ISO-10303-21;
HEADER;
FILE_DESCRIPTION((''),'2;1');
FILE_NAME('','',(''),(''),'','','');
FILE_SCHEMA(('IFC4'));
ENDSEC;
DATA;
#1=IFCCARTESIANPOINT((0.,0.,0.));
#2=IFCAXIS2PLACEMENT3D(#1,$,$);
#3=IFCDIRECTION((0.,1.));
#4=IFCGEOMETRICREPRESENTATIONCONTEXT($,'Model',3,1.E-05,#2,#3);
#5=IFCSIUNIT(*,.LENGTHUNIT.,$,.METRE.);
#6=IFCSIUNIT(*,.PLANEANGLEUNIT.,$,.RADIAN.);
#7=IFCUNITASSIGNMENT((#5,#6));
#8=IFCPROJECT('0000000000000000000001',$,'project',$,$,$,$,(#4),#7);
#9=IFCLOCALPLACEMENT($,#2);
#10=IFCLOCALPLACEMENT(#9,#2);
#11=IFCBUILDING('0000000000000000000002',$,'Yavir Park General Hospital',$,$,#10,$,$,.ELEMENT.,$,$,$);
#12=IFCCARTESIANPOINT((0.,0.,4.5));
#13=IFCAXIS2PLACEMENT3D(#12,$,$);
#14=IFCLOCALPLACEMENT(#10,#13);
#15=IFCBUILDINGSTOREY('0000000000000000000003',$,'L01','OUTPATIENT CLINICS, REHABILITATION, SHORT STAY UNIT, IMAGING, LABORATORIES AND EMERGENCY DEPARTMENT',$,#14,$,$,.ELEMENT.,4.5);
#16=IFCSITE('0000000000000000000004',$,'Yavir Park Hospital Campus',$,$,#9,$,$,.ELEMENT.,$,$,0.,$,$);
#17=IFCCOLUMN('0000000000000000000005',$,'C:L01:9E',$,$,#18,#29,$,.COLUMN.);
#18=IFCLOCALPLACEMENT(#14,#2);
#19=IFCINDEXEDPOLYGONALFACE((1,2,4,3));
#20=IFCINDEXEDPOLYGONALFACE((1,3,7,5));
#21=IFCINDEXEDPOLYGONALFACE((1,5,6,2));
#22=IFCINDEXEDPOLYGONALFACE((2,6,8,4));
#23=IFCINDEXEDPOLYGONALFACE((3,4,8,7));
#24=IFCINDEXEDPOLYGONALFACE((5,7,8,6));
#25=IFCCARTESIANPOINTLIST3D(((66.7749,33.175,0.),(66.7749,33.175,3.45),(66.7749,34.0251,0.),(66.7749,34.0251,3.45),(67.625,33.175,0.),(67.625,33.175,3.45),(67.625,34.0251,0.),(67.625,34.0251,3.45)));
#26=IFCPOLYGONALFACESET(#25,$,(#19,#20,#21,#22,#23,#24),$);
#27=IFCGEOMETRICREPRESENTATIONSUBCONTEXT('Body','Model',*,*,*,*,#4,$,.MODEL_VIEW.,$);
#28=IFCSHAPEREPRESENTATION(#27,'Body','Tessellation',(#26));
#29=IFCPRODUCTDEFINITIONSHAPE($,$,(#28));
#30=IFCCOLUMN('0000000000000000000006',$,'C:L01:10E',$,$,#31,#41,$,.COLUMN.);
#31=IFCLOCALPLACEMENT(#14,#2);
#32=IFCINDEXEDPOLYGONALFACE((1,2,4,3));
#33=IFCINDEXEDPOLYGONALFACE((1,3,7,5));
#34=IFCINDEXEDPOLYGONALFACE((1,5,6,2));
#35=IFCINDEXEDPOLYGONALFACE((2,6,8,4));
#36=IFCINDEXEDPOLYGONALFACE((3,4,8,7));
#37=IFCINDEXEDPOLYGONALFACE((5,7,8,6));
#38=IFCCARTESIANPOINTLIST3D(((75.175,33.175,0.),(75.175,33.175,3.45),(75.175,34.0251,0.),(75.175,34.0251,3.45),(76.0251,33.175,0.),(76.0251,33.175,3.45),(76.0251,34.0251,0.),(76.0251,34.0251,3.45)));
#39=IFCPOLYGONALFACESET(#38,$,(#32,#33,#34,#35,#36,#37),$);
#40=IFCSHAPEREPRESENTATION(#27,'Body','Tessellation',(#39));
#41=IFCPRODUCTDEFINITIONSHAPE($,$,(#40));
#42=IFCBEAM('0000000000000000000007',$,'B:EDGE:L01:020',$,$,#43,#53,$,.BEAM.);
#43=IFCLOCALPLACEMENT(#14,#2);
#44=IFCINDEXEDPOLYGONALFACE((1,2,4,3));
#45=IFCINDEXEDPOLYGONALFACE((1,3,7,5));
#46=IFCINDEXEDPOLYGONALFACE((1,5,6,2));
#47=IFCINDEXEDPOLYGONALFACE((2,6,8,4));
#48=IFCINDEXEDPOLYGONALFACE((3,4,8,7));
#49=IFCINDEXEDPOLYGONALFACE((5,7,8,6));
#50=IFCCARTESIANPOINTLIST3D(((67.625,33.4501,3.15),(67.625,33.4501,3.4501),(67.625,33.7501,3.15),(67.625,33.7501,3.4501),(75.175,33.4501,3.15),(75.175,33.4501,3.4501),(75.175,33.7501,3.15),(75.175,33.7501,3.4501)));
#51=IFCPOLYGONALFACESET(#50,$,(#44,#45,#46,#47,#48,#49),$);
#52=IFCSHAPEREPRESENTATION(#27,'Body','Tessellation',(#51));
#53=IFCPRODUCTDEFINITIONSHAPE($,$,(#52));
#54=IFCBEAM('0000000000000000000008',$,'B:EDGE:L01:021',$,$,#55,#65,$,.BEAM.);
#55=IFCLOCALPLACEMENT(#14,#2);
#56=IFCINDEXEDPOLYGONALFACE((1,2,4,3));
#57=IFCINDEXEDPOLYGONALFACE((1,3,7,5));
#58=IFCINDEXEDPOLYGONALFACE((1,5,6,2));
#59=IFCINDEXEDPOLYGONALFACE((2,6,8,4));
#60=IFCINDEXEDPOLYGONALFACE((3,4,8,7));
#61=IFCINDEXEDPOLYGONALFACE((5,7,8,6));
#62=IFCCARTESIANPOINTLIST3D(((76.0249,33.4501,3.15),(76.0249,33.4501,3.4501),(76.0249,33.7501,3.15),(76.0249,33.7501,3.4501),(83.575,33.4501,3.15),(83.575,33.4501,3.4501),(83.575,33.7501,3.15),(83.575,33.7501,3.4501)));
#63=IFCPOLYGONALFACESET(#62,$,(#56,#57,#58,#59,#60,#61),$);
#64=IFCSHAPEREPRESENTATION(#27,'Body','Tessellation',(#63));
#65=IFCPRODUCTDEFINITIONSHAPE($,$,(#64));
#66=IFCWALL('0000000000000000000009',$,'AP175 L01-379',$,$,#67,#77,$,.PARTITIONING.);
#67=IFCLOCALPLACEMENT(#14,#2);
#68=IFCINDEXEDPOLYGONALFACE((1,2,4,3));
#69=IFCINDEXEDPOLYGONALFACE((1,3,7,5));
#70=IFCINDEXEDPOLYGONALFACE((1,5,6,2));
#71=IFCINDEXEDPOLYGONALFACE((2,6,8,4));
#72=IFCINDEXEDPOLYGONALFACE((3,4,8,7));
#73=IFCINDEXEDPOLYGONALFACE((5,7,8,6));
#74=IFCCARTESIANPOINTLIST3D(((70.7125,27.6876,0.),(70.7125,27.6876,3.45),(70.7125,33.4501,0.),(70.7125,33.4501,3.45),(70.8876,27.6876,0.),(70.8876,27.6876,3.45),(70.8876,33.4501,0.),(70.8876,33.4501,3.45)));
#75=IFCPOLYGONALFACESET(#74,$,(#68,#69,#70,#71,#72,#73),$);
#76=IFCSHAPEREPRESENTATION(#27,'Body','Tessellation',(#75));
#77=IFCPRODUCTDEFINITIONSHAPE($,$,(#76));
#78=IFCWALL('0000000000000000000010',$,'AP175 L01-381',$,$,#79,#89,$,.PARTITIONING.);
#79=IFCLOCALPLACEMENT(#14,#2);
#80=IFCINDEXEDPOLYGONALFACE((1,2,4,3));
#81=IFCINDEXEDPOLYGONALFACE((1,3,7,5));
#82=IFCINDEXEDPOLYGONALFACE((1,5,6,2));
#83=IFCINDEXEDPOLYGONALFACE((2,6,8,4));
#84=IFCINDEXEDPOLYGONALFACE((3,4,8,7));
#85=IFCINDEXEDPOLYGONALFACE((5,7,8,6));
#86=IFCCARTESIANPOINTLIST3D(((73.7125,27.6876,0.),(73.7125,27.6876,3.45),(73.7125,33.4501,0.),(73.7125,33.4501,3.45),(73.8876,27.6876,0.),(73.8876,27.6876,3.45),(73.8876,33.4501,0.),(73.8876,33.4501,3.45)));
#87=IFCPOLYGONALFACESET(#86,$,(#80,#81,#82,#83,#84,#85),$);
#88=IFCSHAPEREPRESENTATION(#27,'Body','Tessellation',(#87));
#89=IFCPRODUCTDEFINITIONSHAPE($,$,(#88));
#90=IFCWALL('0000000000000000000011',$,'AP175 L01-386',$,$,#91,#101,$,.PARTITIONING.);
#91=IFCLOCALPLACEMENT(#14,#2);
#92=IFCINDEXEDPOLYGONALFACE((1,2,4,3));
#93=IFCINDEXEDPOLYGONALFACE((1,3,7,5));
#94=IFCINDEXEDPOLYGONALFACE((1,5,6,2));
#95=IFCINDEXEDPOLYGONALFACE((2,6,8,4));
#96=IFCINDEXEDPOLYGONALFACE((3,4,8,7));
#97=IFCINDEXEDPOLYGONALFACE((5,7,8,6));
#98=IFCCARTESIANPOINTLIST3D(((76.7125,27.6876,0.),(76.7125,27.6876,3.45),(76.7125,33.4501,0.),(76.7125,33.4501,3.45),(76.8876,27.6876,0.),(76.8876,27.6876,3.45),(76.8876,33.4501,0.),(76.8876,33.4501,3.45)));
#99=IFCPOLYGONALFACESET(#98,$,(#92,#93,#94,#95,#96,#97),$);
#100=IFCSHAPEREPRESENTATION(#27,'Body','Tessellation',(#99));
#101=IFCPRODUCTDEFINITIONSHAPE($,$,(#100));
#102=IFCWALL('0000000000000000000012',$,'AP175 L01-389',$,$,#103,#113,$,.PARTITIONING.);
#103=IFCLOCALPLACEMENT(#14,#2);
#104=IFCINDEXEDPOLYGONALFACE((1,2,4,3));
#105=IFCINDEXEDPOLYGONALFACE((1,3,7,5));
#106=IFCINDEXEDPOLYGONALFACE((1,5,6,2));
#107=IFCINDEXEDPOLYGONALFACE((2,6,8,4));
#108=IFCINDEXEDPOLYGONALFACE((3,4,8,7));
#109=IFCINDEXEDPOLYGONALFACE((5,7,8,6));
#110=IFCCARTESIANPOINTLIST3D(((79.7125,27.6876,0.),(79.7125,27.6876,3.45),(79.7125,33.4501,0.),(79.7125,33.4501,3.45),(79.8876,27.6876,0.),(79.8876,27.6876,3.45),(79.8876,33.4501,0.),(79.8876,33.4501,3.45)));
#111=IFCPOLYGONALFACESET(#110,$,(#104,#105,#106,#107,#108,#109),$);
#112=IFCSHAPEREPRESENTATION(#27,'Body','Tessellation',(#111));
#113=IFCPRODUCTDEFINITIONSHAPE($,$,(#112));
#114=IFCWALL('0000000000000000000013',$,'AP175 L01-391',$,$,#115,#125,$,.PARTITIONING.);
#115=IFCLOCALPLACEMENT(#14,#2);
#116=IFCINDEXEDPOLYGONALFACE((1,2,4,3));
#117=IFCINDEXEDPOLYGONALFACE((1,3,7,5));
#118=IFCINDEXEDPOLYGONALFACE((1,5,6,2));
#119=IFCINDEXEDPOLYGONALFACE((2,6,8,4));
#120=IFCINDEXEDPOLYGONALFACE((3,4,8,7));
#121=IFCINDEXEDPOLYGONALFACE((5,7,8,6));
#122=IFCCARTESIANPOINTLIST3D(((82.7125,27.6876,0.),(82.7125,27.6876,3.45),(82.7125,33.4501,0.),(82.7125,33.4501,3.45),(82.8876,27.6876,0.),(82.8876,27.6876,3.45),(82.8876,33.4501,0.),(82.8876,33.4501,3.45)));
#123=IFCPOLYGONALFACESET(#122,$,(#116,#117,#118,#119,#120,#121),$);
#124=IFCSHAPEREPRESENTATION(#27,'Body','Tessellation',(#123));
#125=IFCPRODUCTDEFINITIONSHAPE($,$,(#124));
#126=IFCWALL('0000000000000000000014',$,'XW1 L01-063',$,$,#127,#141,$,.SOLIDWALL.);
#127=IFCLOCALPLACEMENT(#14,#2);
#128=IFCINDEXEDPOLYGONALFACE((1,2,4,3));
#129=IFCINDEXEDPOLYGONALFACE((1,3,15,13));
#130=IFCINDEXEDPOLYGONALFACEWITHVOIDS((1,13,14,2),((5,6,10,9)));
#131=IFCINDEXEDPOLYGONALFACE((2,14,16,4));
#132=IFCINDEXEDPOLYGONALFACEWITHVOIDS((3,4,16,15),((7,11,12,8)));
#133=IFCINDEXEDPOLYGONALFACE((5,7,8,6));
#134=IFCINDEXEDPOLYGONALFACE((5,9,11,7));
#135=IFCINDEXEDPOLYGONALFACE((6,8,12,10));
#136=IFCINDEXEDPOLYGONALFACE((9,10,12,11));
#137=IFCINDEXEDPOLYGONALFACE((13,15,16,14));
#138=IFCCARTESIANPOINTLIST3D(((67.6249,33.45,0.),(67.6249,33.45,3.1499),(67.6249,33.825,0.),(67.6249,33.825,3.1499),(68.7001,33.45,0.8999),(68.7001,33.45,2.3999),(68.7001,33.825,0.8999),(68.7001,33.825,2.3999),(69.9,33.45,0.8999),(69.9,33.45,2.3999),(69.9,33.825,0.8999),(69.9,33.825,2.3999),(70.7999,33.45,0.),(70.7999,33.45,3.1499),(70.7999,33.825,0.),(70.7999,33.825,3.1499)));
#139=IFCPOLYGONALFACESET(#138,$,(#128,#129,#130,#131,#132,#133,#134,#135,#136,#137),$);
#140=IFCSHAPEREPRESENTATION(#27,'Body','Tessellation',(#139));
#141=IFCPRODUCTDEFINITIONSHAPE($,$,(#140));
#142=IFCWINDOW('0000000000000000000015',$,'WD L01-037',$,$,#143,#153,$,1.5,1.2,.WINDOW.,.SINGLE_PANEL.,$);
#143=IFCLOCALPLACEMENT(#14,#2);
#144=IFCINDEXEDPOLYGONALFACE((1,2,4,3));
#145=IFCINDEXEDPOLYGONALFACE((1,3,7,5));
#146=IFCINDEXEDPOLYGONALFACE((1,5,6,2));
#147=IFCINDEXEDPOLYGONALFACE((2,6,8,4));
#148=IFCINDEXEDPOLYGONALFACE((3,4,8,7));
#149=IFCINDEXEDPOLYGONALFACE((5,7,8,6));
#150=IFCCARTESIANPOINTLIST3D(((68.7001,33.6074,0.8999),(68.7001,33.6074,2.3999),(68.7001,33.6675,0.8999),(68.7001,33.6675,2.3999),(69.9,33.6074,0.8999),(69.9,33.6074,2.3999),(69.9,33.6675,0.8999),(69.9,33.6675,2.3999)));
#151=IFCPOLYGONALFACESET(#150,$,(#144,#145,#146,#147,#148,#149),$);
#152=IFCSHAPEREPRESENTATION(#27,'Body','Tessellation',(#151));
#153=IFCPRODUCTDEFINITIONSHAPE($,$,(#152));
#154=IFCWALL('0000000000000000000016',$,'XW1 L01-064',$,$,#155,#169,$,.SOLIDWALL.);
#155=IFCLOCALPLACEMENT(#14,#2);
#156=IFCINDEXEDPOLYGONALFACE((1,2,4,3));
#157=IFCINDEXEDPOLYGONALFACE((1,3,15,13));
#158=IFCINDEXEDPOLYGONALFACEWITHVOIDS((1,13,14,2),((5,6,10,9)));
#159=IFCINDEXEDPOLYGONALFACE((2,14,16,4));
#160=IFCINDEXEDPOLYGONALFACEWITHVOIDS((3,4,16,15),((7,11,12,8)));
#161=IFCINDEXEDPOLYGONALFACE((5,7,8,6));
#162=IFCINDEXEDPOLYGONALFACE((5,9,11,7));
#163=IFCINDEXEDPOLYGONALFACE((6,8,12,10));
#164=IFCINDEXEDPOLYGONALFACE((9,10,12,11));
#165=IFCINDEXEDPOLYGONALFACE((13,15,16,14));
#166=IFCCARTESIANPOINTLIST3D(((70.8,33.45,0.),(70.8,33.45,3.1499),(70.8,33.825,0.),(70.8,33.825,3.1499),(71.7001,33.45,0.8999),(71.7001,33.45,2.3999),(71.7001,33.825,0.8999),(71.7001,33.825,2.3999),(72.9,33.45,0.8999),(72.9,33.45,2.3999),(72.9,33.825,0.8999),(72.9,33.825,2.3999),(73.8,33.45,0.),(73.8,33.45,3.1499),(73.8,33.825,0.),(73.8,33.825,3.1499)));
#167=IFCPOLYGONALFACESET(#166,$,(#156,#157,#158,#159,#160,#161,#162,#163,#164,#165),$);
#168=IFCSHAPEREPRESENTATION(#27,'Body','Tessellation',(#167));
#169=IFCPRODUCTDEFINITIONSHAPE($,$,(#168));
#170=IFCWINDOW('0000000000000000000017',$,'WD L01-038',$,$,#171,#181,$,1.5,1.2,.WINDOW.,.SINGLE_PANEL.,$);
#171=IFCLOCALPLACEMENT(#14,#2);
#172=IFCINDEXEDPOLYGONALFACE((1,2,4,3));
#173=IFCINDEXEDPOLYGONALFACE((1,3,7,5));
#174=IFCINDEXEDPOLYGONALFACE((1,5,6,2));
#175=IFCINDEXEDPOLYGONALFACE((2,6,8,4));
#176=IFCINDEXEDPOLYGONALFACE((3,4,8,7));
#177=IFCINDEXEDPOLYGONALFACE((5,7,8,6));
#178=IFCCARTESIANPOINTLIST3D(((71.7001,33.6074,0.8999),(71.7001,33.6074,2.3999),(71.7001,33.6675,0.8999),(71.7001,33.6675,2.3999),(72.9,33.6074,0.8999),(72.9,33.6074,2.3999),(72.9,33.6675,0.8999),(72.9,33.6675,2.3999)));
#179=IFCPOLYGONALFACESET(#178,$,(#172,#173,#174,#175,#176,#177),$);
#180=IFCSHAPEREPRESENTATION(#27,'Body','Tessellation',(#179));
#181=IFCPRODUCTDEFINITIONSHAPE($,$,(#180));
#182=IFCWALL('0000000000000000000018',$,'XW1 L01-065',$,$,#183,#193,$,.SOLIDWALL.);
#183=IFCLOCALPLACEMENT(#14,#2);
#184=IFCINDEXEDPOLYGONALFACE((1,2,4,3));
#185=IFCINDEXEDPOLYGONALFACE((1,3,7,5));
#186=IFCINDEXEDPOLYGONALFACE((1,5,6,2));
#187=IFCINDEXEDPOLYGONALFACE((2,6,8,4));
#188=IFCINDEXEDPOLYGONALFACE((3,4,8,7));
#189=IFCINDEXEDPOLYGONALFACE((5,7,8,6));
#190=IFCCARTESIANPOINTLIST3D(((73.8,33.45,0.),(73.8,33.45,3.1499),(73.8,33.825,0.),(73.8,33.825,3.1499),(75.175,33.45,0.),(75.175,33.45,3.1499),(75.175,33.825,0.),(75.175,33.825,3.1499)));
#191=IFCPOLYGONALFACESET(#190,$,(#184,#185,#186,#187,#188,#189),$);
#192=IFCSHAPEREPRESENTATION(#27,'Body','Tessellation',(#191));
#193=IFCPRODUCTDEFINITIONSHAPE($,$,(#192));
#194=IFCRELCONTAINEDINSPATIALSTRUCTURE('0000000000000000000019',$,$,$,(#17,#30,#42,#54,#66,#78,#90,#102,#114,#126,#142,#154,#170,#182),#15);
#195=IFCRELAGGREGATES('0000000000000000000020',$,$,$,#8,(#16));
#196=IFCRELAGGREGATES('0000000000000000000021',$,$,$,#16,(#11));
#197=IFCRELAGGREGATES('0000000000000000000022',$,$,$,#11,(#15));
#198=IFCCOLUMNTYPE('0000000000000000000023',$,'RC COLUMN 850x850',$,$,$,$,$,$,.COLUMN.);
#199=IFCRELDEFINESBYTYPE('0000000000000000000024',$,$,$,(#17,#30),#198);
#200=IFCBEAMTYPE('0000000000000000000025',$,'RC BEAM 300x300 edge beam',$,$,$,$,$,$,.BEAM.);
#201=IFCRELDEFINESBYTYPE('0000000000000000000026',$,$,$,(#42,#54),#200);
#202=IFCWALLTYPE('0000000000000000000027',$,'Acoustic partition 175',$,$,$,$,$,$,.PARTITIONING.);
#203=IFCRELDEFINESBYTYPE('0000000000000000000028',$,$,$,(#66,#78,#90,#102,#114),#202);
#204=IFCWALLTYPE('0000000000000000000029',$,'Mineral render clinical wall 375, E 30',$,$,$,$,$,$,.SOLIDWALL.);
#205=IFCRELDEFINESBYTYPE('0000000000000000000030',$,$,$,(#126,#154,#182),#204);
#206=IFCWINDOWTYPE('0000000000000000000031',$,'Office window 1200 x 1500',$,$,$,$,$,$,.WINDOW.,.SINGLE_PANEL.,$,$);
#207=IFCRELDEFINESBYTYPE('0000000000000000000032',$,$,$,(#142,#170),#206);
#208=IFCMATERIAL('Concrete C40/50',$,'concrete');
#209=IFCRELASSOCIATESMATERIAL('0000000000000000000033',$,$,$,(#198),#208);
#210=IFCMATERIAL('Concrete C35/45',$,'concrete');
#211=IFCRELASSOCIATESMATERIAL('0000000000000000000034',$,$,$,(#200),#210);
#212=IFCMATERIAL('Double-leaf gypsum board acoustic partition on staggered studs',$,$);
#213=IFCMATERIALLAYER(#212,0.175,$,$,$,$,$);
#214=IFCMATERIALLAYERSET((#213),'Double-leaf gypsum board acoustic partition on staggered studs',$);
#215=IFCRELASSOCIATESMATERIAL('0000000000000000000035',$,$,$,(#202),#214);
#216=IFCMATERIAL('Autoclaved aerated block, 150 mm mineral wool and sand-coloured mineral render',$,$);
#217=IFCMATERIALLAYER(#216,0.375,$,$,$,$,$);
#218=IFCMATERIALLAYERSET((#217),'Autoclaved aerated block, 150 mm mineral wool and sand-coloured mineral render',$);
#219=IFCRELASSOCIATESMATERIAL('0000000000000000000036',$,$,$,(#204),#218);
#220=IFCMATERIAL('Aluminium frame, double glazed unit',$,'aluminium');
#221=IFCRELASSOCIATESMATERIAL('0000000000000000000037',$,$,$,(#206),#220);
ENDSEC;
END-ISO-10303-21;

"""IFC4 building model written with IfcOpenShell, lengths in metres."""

from ifc_helpers import new_model, si_unit, direction, frame, frame_2d, origin, origin_2d, place, context, subcontext, project, spatial, rectangle, extrude, material, layer, layer_set, material_profile, profile_set, type_object, element, fill, save


model = new_model("IFC4")

# Units and contexts
model_context = context("Model", 3, precision=1e-05, world=origin(), true_north=direction((0.0, 1.0)))
body_context = subcontext(model_context, "Body", "Model", "MODEL_VIEW")
ifc_project = project(units=[si_unit("LENGTHUNIT", "METRE"), si_unit("PLANEANGLEUNIT", "RADIAN")], contexts=[model_context])

# Site, building, storey
site_placement = place(None, origin())
site = spatial("IfcSite", under=ifc_project, at=site_placement, Name="Yavir Park Hospital Campus", CompositionType="ELEMENT", RefElevation=0.0)
building_placement = place(site_placement, origin())
building = spatial("IfcBuilding", under=site, at=building_placement, Name="Yavir Park General Hospital", CompositionType="ELEMENT")
storey_placement = place(building_placement, frame((0.0, 0.0, 4.5)))
storey = spatial("IfcBuildingStorey", under=building, at=storey_placement, Name="L01", Description="OUTPATIENT CLINICS, REHABILITATION, SHORT STAY UNIT, IMAGING, LABORATORIES AND EMERGENCY DEPARTMENT", CompositionType="ELEMENT", Elevation=4.5)

# Columns
ifc_material_1 = material(Name="Concrete C40/50", Category="concrete")
ifc_material_profile_1 = material_profile(ifc_material_1, rectangle(XDim=0.8501, YDim=0.8501, at=origin_2d()), Name="RC850x850")
ifc_profile_set_1 = profile_set([ifc_material_profile_1], Name="Concrete C40/50")
column_type = type_object("IfcColumnType", Name="RC COLUMN 850x850", PredefinedType="COLUMN", material=ifc_profile_set_1)
for number, where, z_axis, x_axis, name in (
    (1, (67.2, 33.6001, 0.0), (0.0, 0.0, 1.0), (1.0, 0.0, 0.0), "C:L01:9E"),
    (2, (75.6001, 33.6001, 0.0), (0.0, 0.0, 1.0), (1.0, 0.0, 0.0), "C:L01:10E"),
):
    element("IfcColumn", number, at=place(storey_placement, frame(where, z_axis=z_axis, x_axis=x_axis)), inside=storey, type_object=column_type, Name=name, PredefinedType="COLUMN", context=body_context, shape_type="SweptSolid", body=[
        extrude(rectangle(XDim=0.8501, YDim=0.8501, at=origin_2d()), origin(), (0.0, 0.0, 1.0), 3.45),
    ])

# Beams
ifc_material_2 = material(Name="Concrete C35/45", Category="concrete")
ifc_material_profile_2 = material_profile(ifc_material_2, rectangle(XDim=0.3, YDim=0.3, at=origin_2d()), Name="RC300x300")
ifc_profile_set_2 = profile_set([ifc_material_profile_2], Name="Concrete C35/45")
beam_type = type_object("IfcBeamType", Name="RC BEAM 300x300 edge beam", PredefinedType="BEAM", material=ifc_profile_set_2)
for number, where, z_axis, x_axis, name in (
    (3, (67.625, 33.6001, 3.3), (1.0, 0.0, 0.0), (0.0, 1.0, 0.0), "B:EDGE:L01:020"),
    (4, (76.0249, 33.6001, 3.3), (1.0, 0.0, 0.0), (0.0, 1.0, 0.0), "B:EDGE:L01:021"),
):
    element("IfcBeam", number, at=place(storey_placement, frame(where, z_axis=z_axis, x_axis=x_axis)), inside=storey, type_object=beam_type, Name=name, PredefinedType="BEAM", context=body_context, shape_type="SweptSolid", body=[
        extrude(rectangle(XDim=0.3, YDim=0.3, at=origin_2d()), origin(), (0.0, 0.0, 1.0), 7.55),
    ])

# Walls
ifc_material_3 = material(Name="Double-leaf gypsum board acoustic partition on staggered studs")
ifc_layer_1 = layer(ifc_material_3, 0.175)
ifc_layer_set_1 = layer_set([ifc_layer_1], Name="Double-leaf gypsum board acoustic partition on staggered studs")
wall_type_1 = type_object("IfcWallType", Name="Acoustic partition 175", PredefinedType="PARTITIONING", material=ifc_layer_set_1)
for number, where, z_axis, x_axis, name in (
    (5, (70.8, 27.6875, 0.0), (0.0, 0.0, 1.0), (0.0, 1.0, 0.0), "AP175 L01-379"),
    (6, (73.8, 27.6875, 0.0), (0.0, 0.0, 1.0), (0.0, 1.0, 0.0), "AP175 L01-381"),
    (7, (76.8, 27.6875, 0.0), (0.0, 0.0, 1.0), (0.0, 1.0, 0.0), "AP175 L01-386"),
    (8, (79.8, 27.6875, 0.0), (0.0, 0.0, 1.0), (0.0, 1.0, 0.0), "AP175 L01-389"),
    (9, (82.8, 27.6875, 0.0), (0.0, 0.0, 1.0), (0.0, 1.0, 0.0), "AP175 L01-391"),
):
    element("IfcWall", number, at=place(storey_placement, frame(where, z_axis=z_axis, x_axis=x_axis)), inside=storey, type_object=wall_type_1, Name=name, PredefinedType="PARTITIONING", context=body_context, shape_type="SweptSolid", body=[
        extrude(rectangle(XDim=5.7625, YDim=0.175, at=frame_2d((2.8813, 0.0))), origin(), (0.0, 0.0, 1.0), 3.45),
    ])

# Walls, openings, windows
ifc_material_4 = material(Name="Autoclaved aerated block, 150 mm mineral wool and sand-coloured mineral render")
ifc_layer_2 = layer(ifc_material_4, 0.375)
ifc_layer_set_2 = layer_set([ifc_layer_2], Name="Autoclaved aerated block, 150 mm mineral wool and sand-coloured mineral render")
wall_type_2 = type_object("IfcWallType", Name="Mineral render clinical wall 375, E 30", PredefinedType="SOLIDWALL", material=ifc_layer_set_2)
wall_1_placement = place(storey_placement, frame((67.625, 33.6375, 0.0), z_axis=(0.0, 0.0, 1.0), x_axis=(1.0, 0.0, 0.0)))
wall_1 = element("IfcWall", 10, at=wall_1_placement, inside=storey, type_object=wall_type_2, Name="XW1 L01-063", PredefinedType="SOLIDWALL", context=body_context, shape_type="SweptSolid", body=[
    extrude(rectangle(XDim=3.175, YDim=0.375, at=frame_2d((1.5874, 0.0))), origin(), (0.0, 0.0, 1.0), 3.1499),
])
opening_1_placement = place(wall_1_placement, frame((1.075, 0.0, 0.8999)))
opening_1 = element("IfcOpeningElement", 11, at=opening_1_placement, cuts=wall_1, PredefinedType="OPENING", context=body_context, shape_type="SweptSolid", body=[
    extrude(rectangle(XDim=1.2, YDim=1.5, at=frame_2d((0.6001, 0.75))), frame((0.0, 0.1975, 0.0), z_axis=(0.0, -1.0, 0.0), x_axis=(1.0, 0.0, 0.0)), (0.0, 0.0, 1.0), 0.395),
])
ifc_material_5 = material(Name="Aluminium frame, double glazed unit", Category="aluminium")
window_type_1 = type_object("IfcWindowType", Name="Office window 1200 x 1500", PartitioningType="SINGLE_PANEL", PredefinedType="WINDOW", material=ifc_material_5)
window_1_placement = place(opening_1_placement, origin())
window_1 = element("IfcWindow", 12, at=window_1_placement, inside=storey, type_object=window_type_1, Name="WD L01-037", OverallHeight=1.5, OverallWidth=1.2, PartitioningType="SINGLE_PANEL", PredefinedType="WINDOW", context=body_context, shape_type="SweptSolid", body=[
    extrude(rectangle(XDim=1.2, YDim=1.5, at=frame_2d((0.6001, 0.75))), frame((0.0, 0.03, 0.0), z_axis=(0.0, -1.0, 0.0), x_axis=(1.0, 0.0, 0.0)), (0.0, 0.0, 1.0), 0.0601),
])
fill(opening_1, window_1)
wall_2_placement = place(storey_placement, frame((70.8, 33.6375, 0.0), z_axis=(0.0, 0.0, 1.0), x_axis=(1.0, 0.0, 0.0)))
wall_2 = element("IfcWall", 13, at=wall_2_placement, inside=storey, type_object=wall_type_2, Name="XW1 L01-064", PredefinedType="SOLIDWALL", context=body_context, shape_type="SweptSolid", body=[
    extrude(rectangle(XDim=3.0, YDim=0.375, at=frame_2d((1.5, 0.0))), origin(), (0.0, 0.0, 1.0), 3.1499),
])
opening_2_placement = place(wall_2_placement, frame((0.8999, 0.0, 0.8999)))
opening_2 = element("IfcOpeningElement", 14, at=opening_2_placement, cuts=wall_2, PredefinedType="OPENING", context=body_context, shape_type="SweptSolid", body=[
    extrude(rectangle(XDim=1.2, YDim=1.5, at=frame_2d((0.6001, 0.75))), frame((0.0, 0.1975, 0.0), z_axis=(0.0, -1.0, 0.0), x_axis=(1.0, 0.0, 0.0)), (0.0, 0.0, 1.0), 0.395),
])
window_2_placement = place(opening_2_placement, origin())
window_2 = element("IfcWindow", 15, at=window_2_placement, inside=storey, type_object=window_type_1, Name="WD L01-038", OverallHeight=1.5, OverallWidth=1.2, PartitioningType="SINGLE_PANEL", PredefinedType="WINDOW", context=body_context, shape_type="SweptSolid", body=[
    extrude(rectangle(XDim=1.2, YDim=1.5, at=frame_2d((0.6001, 0.75))), frame((0.0, 0.03, 0.0), z_axis=(0.0, -1.0, 0.0), x_axis=(1.0, 0.0, 0.0)), (0.0, 0.0, 1.0), 0.0601),
])
fill(opening_2, window_2)

# Wall
wall_3_placement = place(storey_placement, frame((73.8, 33.6375, 0.0), z_axis=(0.0, 0.0, 1.0), x_axis=(1.0, 0.0, 0.0)))
element("IfcWall", 16, at=wall_3_placement, inside=storey, type_object=wall_type_2, Name="XW1 L01-065", PredefinedType="SOLIDWALL", context=body_context, shape_type="SweptSolid", body=[
    extrude(rectangle(XDim=1.375, YDim=0.375, at=frame_2d((0.6875, 0.0))), origin(), (0.0, 0.0, 1.0), 3.1499),
])

save(model, "model.ifc")
